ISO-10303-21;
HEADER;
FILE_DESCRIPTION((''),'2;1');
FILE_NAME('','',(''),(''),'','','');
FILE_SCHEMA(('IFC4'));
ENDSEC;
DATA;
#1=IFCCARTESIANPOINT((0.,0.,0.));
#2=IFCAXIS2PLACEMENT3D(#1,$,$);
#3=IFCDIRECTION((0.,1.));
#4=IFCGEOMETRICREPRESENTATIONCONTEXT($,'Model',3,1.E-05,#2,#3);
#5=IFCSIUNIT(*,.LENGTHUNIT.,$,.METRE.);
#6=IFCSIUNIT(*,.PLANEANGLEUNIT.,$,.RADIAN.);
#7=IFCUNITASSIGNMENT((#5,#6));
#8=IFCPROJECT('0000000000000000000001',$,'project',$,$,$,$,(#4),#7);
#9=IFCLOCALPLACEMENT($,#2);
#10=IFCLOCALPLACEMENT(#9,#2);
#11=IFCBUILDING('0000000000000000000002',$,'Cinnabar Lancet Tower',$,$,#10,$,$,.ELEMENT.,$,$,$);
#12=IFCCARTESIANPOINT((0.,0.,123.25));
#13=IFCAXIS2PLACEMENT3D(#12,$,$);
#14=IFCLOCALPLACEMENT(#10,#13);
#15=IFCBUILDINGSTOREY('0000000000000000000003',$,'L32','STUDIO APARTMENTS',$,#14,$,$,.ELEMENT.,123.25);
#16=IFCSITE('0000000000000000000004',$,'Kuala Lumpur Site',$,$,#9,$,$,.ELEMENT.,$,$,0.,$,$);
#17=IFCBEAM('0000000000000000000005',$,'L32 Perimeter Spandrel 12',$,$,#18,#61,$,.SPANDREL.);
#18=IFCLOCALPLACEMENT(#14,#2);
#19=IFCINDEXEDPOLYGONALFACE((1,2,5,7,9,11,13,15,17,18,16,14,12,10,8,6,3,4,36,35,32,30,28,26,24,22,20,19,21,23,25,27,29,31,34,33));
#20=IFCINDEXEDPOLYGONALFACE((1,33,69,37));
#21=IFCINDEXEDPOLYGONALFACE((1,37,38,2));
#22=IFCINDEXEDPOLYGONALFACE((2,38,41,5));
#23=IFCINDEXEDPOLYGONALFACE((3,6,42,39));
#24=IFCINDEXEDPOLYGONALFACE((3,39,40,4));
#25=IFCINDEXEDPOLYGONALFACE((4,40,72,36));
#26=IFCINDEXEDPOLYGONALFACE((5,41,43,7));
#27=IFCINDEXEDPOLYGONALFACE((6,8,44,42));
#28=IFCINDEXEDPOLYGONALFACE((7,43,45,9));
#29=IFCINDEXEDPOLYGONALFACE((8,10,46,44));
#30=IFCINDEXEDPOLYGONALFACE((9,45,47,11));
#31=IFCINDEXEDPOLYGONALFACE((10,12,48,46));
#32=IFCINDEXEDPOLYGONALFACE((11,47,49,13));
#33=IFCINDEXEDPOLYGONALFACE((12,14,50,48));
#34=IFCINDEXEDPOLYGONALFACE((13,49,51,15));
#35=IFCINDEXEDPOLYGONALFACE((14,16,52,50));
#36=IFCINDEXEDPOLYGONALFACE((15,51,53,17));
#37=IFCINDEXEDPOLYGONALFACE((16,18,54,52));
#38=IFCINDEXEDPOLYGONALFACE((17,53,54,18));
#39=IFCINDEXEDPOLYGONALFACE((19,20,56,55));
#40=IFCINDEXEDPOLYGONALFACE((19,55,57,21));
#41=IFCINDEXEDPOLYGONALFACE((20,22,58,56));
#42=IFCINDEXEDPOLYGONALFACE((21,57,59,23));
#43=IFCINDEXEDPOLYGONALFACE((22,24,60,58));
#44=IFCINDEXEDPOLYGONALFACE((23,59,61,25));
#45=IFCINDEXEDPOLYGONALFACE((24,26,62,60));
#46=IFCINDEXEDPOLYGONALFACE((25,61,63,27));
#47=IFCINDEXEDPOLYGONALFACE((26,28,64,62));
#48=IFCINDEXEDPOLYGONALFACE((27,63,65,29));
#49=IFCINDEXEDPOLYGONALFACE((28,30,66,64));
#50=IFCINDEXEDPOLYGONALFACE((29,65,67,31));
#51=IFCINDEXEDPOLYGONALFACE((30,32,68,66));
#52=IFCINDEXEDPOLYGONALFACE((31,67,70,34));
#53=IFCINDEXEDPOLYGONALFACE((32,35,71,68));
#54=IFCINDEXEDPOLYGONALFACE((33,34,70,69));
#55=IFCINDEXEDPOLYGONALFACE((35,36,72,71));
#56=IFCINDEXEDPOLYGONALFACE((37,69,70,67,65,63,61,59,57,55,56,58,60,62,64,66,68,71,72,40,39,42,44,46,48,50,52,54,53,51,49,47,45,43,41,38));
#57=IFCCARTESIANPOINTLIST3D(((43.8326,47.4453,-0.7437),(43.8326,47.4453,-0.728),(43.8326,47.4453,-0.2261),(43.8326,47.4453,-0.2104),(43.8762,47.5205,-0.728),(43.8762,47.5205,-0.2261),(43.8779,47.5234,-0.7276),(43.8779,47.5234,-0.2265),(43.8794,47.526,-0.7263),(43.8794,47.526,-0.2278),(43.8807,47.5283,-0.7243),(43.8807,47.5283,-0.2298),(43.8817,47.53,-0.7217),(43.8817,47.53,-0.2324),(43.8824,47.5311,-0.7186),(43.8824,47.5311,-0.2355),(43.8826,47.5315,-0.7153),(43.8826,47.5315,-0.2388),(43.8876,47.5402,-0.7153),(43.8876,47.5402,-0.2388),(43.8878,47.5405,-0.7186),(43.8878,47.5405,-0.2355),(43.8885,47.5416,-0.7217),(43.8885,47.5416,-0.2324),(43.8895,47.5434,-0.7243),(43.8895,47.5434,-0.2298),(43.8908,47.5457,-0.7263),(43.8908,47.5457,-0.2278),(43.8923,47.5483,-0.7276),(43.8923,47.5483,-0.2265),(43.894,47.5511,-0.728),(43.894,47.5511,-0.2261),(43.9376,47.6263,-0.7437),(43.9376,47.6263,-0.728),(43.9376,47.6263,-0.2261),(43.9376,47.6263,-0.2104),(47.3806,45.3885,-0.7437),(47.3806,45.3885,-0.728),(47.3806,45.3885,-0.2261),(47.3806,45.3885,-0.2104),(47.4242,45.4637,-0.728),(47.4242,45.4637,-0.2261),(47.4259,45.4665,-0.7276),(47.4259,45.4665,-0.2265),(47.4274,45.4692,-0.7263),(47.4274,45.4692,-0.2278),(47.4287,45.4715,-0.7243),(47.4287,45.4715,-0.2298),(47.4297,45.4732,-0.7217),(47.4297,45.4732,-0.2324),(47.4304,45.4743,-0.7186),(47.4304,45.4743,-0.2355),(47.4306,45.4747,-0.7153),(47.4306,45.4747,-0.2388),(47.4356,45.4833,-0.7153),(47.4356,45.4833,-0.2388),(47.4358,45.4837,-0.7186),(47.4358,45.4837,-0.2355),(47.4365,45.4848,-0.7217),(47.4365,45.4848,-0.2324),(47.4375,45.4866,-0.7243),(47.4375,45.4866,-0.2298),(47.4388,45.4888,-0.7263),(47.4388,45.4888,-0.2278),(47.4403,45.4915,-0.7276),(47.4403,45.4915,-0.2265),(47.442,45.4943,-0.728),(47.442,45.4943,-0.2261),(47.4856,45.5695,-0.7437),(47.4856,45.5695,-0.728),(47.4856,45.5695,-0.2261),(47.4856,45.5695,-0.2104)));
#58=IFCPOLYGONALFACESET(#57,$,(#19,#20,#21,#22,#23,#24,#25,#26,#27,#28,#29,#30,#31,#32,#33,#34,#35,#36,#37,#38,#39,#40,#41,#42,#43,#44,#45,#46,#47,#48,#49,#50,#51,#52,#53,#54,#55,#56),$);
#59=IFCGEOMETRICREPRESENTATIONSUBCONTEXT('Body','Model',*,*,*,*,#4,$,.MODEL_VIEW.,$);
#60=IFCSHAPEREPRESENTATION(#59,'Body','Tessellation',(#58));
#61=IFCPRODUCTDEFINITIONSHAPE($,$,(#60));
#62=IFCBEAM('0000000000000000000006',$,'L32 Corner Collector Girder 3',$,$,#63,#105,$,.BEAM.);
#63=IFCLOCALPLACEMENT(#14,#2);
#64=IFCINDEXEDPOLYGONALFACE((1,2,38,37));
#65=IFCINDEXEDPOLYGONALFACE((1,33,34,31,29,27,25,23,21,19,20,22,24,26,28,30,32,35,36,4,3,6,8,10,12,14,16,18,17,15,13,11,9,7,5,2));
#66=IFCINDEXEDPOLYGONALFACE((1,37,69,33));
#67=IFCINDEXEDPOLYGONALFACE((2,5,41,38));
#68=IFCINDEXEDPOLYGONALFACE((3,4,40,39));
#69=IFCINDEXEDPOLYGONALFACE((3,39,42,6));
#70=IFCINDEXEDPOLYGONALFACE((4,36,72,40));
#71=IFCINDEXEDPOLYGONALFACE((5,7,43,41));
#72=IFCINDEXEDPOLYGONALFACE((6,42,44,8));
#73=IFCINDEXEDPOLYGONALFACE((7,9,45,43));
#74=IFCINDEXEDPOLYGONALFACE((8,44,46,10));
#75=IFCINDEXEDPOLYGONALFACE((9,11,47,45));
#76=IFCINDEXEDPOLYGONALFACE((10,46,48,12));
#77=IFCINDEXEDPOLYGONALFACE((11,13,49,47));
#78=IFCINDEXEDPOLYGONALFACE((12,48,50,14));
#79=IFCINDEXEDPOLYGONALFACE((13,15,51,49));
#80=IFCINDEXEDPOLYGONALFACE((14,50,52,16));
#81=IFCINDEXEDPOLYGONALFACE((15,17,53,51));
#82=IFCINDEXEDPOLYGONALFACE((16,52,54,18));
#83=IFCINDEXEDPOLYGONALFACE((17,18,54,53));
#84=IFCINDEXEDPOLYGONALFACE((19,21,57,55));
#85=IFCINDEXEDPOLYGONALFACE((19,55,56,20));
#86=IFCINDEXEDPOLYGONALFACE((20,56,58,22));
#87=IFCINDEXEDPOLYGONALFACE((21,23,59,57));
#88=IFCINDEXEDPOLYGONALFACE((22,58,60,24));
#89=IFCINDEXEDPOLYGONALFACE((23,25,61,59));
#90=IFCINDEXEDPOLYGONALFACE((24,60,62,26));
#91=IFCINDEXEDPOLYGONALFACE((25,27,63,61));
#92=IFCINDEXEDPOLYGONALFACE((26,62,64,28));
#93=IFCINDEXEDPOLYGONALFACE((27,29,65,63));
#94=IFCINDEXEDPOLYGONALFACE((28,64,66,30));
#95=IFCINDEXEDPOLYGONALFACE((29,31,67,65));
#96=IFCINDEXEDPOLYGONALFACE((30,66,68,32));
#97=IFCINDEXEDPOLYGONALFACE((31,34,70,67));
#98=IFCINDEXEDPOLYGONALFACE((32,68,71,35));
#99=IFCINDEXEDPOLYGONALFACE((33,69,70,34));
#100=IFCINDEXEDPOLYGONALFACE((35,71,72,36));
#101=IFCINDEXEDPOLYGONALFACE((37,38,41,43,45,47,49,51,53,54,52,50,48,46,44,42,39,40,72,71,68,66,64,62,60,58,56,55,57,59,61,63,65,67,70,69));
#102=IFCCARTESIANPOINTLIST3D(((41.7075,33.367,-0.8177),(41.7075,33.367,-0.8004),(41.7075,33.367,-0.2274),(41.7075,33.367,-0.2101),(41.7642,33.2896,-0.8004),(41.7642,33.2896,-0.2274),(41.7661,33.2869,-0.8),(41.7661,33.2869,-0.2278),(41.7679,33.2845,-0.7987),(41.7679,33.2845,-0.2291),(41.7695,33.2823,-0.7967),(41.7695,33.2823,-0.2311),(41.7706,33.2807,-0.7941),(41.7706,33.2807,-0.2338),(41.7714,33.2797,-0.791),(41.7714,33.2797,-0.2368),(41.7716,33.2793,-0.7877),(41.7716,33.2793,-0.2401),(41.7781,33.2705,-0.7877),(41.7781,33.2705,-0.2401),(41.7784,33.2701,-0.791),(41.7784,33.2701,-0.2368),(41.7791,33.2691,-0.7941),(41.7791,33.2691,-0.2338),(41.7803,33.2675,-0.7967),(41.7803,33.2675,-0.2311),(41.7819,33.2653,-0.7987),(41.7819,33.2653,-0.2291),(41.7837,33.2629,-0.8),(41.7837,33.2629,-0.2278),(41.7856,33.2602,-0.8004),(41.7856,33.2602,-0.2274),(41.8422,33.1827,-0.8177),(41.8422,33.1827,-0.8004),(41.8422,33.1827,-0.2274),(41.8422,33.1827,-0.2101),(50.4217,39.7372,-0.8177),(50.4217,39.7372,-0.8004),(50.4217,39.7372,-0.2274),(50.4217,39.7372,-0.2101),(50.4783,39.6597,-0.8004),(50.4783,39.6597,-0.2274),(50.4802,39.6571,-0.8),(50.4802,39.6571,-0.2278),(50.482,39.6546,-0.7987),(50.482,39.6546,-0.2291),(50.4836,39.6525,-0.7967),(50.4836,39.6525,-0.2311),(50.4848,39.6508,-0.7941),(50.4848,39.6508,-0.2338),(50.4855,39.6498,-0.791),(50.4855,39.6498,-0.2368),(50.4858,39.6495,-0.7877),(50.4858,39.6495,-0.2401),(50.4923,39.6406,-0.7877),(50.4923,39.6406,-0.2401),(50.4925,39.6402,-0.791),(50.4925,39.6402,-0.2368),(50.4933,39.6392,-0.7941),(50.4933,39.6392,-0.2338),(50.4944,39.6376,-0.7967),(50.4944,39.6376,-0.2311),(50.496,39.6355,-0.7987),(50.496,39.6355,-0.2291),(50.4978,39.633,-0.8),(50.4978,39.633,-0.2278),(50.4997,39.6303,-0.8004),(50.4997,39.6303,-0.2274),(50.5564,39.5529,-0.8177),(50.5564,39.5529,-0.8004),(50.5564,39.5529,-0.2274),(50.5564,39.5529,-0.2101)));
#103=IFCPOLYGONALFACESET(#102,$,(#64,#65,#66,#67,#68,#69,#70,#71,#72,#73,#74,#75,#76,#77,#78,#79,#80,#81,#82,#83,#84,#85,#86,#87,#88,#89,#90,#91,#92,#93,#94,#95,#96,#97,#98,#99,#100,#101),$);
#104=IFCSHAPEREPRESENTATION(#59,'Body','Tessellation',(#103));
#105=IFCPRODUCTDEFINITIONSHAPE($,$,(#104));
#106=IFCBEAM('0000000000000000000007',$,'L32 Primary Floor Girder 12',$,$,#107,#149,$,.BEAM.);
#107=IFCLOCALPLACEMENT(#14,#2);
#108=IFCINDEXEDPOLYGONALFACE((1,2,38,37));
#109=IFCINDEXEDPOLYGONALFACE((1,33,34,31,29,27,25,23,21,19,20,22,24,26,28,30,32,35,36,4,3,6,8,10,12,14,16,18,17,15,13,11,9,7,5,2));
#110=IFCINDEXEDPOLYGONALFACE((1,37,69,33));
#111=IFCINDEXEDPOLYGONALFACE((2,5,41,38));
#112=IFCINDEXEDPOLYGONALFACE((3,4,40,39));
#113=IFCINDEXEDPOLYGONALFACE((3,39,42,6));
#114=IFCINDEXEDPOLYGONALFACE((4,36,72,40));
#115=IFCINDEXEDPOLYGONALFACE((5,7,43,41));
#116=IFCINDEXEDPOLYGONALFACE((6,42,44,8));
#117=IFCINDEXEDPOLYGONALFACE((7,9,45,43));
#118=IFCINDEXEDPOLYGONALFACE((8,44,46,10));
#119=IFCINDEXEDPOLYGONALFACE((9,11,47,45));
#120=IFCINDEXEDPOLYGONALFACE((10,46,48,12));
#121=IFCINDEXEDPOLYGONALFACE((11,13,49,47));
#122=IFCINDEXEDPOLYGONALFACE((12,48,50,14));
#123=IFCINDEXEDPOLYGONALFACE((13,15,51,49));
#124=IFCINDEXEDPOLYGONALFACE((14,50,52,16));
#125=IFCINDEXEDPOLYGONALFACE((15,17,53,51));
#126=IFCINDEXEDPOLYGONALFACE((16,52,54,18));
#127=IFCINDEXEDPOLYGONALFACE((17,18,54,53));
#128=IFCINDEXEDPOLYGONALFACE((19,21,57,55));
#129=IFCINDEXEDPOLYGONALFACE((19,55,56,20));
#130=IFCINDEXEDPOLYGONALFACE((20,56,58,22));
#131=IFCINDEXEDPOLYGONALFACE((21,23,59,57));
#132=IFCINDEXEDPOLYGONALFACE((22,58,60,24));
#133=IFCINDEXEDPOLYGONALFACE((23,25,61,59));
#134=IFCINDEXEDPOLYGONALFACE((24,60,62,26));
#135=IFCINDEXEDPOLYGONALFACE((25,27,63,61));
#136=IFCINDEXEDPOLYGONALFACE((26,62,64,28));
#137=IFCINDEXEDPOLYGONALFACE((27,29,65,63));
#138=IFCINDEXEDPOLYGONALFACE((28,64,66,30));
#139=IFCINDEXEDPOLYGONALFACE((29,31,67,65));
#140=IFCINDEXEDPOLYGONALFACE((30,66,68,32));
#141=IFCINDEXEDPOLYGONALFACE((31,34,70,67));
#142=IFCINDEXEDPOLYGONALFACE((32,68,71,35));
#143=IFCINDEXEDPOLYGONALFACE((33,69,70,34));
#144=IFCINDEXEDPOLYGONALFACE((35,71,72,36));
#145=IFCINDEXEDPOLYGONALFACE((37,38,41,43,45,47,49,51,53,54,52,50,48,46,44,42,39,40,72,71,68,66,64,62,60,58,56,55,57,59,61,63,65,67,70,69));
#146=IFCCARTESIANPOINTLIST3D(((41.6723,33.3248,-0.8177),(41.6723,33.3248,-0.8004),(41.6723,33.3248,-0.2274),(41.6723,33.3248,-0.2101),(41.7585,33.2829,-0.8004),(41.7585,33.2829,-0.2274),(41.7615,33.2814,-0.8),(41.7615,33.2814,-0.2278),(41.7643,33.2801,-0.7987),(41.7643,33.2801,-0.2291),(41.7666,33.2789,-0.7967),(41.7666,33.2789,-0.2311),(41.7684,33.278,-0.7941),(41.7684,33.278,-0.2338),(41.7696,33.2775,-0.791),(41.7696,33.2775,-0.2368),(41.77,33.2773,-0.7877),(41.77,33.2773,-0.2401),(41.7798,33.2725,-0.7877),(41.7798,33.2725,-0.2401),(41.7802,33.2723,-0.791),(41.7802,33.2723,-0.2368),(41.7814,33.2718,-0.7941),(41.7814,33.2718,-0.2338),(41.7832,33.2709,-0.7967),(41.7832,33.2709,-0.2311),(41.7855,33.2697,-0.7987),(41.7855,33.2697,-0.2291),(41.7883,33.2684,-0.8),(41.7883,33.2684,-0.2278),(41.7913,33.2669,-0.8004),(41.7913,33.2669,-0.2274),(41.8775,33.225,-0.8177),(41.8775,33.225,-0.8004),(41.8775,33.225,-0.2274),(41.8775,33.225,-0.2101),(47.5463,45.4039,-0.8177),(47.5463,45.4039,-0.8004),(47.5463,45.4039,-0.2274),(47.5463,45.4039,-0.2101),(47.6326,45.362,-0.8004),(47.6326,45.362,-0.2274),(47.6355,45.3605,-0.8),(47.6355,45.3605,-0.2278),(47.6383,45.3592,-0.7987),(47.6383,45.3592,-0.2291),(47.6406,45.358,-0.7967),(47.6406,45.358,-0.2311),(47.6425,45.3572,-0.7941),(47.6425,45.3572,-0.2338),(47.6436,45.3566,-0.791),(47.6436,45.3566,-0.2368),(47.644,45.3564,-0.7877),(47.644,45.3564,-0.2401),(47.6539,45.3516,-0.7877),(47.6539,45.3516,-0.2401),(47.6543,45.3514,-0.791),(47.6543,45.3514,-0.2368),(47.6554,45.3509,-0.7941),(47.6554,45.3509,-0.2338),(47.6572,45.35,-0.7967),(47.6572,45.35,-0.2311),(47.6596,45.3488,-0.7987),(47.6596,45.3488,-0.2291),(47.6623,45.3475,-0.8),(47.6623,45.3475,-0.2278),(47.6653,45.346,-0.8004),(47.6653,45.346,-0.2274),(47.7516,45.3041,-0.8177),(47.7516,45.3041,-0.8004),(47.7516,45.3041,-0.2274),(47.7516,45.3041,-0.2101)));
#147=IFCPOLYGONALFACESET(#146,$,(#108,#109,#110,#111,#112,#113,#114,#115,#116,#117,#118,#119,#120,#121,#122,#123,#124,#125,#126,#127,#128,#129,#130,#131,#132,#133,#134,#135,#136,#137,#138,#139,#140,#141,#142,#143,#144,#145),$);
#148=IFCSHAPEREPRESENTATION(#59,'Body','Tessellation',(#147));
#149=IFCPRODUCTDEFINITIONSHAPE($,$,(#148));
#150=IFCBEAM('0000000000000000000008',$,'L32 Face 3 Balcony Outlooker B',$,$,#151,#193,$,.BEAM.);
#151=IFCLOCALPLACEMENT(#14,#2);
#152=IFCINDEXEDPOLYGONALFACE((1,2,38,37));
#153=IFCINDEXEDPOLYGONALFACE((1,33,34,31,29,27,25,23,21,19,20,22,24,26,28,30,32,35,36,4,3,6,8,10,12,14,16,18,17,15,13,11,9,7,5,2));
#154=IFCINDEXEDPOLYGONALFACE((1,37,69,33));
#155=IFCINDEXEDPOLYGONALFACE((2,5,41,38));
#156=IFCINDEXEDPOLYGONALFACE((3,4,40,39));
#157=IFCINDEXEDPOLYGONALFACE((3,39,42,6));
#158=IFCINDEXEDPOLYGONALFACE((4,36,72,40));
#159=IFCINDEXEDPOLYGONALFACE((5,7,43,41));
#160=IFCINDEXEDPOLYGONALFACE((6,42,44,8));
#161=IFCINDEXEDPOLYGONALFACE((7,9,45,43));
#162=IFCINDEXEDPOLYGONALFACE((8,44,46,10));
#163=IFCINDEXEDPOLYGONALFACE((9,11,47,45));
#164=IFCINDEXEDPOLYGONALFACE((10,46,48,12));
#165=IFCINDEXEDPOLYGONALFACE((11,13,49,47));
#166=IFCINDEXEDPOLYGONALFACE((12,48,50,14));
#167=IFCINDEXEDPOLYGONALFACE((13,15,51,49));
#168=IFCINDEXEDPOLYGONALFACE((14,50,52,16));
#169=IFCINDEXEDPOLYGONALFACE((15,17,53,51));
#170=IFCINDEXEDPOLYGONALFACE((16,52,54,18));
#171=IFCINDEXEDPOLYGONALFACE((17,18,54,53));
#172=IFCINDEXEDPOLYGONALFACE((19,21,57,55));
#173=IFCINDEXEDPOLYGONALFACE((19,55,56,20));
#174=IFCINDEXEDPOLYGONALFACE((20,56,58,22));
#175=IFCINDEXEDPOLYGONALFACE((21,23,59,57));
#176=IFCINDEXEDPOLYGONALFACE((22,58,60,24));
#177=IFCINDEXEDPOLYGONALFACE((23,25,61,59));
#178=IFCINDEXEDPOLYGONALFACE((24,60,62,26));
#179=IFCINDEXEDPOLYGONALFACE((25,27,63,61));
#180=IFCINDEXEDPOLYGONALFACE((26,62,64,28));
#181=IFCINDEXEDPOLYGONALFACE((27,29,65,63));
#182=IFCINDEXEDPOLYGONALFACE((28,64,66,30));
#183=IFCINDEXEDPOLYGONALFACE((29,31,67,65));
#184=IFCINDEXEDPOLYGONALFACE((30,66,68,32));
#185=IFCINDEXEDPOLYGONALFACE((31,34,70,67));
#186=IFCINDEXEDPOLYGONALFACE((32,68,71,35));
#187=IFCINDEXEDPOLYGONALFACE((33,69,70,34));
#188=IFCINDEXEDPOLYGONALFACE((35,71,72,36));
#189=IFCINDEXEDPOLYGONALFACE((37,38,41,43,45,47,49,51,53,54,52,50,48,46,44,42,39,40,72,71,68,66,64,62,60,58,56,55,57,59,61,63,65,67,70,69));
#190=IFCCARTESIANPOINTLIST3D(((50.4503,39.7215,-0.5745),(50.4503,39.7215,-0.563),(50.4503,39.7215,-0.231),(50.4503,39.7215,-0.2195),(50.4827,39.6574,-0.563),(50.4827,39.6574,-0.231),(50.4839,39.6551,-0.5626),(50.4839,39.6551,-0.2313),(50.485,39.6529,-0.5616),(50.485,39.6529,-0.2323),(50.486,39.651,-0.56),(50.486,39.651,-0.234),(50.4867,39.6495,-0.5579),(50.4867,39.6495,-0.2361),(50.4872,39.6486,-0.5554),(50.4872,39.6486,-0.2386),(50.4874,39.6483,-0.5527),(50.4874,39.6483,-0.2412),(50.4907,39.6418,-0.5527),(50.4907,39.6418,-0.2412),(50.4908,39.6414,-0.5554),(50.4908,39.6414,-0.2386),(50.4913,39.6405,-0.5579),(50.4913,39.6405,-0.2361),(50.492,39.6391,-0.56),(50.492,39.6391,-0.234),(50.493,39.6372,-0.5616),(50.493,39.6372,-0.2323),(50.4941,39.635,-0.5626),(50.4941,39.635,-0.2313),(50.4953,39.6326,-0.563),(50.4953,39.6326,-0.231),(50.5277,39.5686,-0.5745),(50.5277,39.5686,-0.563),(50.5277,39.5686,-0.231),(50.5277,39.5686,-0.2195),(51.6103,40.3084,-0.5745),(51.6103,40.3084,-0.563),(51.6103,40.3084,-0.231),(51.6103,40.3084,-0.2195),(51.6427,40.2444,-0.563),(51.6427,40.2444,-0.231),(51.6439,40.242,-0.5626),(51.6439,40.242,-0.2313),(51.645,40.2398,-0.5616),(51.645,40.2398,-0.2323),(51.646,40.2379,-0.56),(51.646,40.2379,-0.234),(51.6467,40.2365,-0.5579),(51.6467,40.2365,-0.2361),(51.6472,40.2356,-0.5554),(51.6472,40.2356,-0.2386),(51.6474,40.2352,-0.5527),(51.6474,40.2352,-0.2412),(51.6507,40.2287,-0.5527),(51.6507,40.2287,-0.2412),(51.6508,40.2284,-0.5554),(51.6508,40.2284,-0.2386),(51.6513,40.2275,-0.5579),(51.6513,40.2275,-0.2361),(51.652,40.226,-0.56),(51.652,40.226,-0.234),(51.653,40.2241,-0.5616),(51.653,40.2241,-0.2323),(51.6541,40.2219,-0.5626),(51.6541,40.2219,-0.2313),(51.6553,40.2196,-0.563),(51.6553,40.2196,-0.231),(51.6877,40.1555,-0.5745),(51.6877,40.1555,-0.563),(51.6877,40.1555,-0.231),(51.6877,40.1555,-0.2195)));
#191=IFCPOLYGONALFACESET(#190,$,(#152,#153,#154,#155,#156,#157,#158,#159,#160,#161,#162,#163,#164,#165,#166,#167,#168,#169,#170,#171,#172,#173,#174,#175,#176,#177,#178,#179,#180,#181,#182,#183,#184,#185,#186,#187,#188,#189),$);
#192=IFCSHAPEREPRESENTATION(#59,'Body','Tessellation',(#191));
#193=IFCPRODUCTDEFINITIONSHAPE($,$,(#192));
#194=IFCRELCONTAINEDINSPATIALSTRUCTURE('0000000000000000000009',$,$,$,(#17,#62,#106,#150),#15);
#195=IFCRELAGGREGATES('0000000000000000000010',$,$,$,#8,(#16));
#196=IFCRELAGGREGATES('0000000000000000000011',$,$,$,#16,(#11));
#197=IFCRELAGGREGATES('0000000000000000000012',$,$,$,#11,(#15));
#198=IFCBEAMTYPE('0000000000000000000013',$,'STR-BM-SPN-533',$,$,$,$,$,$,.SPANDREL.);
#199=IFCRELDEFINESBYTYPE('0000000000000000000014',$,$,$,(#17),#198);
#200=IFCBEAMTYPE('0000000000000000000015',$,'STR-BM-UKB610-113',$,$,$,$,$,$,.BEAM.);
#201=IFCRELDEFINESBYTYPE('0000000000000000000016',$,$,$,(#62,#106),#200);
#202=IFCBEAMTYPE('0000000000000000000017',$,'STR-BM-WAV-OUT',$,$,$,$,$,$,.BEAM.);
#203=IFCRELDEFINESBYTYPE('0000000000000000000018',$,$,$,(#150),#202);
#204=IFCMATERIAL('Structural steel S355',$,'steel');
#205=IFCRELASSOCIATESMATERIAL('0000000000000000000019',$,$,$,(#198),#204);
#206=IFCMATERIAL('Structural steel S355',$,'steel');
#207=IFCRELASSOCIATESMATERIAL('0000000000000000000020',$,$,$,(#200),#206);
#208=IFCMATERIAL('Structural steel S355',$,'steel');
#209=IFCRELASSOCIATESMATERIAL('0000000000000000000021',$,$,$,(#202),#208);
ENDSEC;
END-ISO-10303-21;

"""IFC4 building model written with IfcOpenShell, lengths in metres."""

from ifc_helpers import new_model, si_unit, direction, frame, origin, origin_2d, place, context, subcontext, project, spatial, i_section, extrude, material, material_profile, profile_set, type_object, element, save


model = new_model("IFC4")

# Units and contexts
model_context = context("Model", 3, precision=1e-05, world=origin(), true_north=direction((0.0, 1.0)))
body_context = subcontext(model_context, "Body", "Model", "MODEL_VIEW")
ifc_project = project(units=[si_unit("LENGTHUNIT", "METRE"), si_unit("PLANEANGLEUNIT", "RADIAN")], contexts=[model_context])

# Site, building, storey
site_placement = place(None, origin())
site = spatial("IfcSite", under=ifc_project, at=site_placement, Name="Kuala Lumpur Site", CompositionType="ELEMENT", RefElevation=0.0)
building_placement = place(site_placement, origin())
building = spatial("IfcBuilding", under=site, at=building_placement, Name="Cinnabar Lancet Tower", CompositionType="ELEMENT")
storey_placement = place(building_placement, frame((0.0, 0.0, 123.25)))
storey = spatial("IfcBuildingStorey", under=building, at=storey_placement, Name="L32", Description="STUDIO APARTMENTS", CompositionType="ELEMENT", Elevation=123.25)

# Beams
ifc_material_1 = material(Name="Structural steel S355", Category="steel")
ifc_material_profile_1 = material_profile(ifc_material_1, i_section(OverallWidth=0.2092, OverallDepth=0.5332, WebThickness=0.01, FlangeThickness=0.0156, FilletRadius=0.0127, at=origin_2d()), Name="UKB 533x210x92")
ifc_profile_set_1 = profile_set([ifc_material_profile_1], Name="Structural steel S355")
beam_type_1 = type_object("IfcBeamType", Name="STR-BM-SPN-533", PredefinedType="SPANDREL", material=ifc_profile_set_1)
beam_1_placement = place(storey_placement, frame((47.4331, 45.479, -0.4771), z_axis=(-0.865138, 0.501534, 0.0), x_axis=(-0.501534, -0.865138, 0.0)))
element("IfcBeam", 1, at=beam_1_placement, inside=storey, type_object=beam_type_1, Name="L32 Perimeter Spandrel 12", PredefinedType="SPANDREL", context=body_context, shape_type="SweptSolid", body=[
    extrude(i_section(OverallWidth=0.2092, OverallDepth=0.5332, WebThickness=0.01, FlangeThickness=0.0156, FilletRadius=0.0127, at=origin_2d()), origin(), (0.0, 0.0, 1.0), 4.1011),
])
ifc_material_2 = material(Name="Structural steel S355", Category="steel")
ifc_material_profile_2 = material_profile(ifc_material_2, i_section(OverallWidth=0.2283, OverallDepth=0.6077, WebThickness=0.011, FlangeThickness=0.0173, FilletRadius=0.0127, at=origin_2d()), Name="UKB 610x229x113")
ifc_profile_set_2 = profile_set([ifc_material_profile_2], Name="Structural steel S355")
beam_type_2 = type_object("IfcBeamType", Name="STR-BM-UKB610-113", PredefinedType="BEAM", material=ifc_profile_set_2)
beam_2_placement = place(storey_placement, frame((50.489, 39.645, -0.5139), z_axis=(-0.807298, -0.590144, 0.0), x_axis=(0.590144, -0.807298, 0.0)))
element("IfcBeam", 2, at=beam_2_placement, inside=storey, type_object=beam_type_2, Name="L32 Corner Collector Girder 3", PredefinedType="BEAM", context=body_context, shape_type="SweptSolid", body=[
    extrude(i_section(OverallWidth=0.2283, OverallDepth=0.6077, WebThickness=0.011, FlangeThickness=0.0173, FilletRadius=0.0127, at=origin_2d()), origin(), (0.0, 0.0, 1.0), 10.7942),
])
beam_3_placement = place(storey_placement, frame((47.6489, 45.354, -0.5139), z_axis=(-0.437327, -0.899302, 0.0), x_axis=(0.899302, -0.437327, 0.0)))
element("IfcBeam", 3, at=beam_3_placement, inside=storey, type_object=beam_type_2, Name="L32 Primary Floor Girder 12", PredefinedType="BEAM", context=body_context, shape_type="SweptSolid", body=[
    extrude(i_section(OverallWidth=0.2283, OverallDepth=0.6077, WebThickness=0.011, FlangeThickness=0.0173, FilletRadius=0.0127, at=origin_2d()), origin(), (0.0, 0.0, 1.0), 13.4316),
])
ifc_material_3 = material(Name="Structural steel S355", Category="steel")
ifc_material_profile_3 = material_profile(ifc_material_3, i_section(OverallWidth=0.1714, OverallDepth=0.355, WebThickness=0.0073, FlangeThickness=0.0115, FilletRadius=0.0103, at=origin_2d()), Name="UKB 356x171x51")
ifc_profile_set_3 = profile_set([ifc_material_profile_3], Name="Structural steel S355")
beam_type_3 = type_object("IfcBeamType", Name="STR-BM-WAV-OUT", PredefinedType="BEAM", material=ifc_profile_set_3)
beam_4_placement = place(storey_placement, frame((50.489, 39.645, -0.397), z_axis=(0.892276, 0.45149, 0.0), x_axis=(-0.45149, 0.892276, 0.0)))
element("IfcBeam", 4, at=beam_4_placement, inside=storey, type_object=beam_type_3, Name="L32 Face 3 Balcony Outlooker B", PredefinedType="BEAM", context=body_context, shape_type="SweptSolid", body=[
    extrude(i_section(OverallWidth=0.1714, OverallDepth=0.355, WebThickness=0.0073, FlangeThickness=0.0115, FilletRadius=0.0103, at=origin_2d()), origin(), (0.0, 0.0, 1.0), 1.3),
])

save(model, "model.ifc")
